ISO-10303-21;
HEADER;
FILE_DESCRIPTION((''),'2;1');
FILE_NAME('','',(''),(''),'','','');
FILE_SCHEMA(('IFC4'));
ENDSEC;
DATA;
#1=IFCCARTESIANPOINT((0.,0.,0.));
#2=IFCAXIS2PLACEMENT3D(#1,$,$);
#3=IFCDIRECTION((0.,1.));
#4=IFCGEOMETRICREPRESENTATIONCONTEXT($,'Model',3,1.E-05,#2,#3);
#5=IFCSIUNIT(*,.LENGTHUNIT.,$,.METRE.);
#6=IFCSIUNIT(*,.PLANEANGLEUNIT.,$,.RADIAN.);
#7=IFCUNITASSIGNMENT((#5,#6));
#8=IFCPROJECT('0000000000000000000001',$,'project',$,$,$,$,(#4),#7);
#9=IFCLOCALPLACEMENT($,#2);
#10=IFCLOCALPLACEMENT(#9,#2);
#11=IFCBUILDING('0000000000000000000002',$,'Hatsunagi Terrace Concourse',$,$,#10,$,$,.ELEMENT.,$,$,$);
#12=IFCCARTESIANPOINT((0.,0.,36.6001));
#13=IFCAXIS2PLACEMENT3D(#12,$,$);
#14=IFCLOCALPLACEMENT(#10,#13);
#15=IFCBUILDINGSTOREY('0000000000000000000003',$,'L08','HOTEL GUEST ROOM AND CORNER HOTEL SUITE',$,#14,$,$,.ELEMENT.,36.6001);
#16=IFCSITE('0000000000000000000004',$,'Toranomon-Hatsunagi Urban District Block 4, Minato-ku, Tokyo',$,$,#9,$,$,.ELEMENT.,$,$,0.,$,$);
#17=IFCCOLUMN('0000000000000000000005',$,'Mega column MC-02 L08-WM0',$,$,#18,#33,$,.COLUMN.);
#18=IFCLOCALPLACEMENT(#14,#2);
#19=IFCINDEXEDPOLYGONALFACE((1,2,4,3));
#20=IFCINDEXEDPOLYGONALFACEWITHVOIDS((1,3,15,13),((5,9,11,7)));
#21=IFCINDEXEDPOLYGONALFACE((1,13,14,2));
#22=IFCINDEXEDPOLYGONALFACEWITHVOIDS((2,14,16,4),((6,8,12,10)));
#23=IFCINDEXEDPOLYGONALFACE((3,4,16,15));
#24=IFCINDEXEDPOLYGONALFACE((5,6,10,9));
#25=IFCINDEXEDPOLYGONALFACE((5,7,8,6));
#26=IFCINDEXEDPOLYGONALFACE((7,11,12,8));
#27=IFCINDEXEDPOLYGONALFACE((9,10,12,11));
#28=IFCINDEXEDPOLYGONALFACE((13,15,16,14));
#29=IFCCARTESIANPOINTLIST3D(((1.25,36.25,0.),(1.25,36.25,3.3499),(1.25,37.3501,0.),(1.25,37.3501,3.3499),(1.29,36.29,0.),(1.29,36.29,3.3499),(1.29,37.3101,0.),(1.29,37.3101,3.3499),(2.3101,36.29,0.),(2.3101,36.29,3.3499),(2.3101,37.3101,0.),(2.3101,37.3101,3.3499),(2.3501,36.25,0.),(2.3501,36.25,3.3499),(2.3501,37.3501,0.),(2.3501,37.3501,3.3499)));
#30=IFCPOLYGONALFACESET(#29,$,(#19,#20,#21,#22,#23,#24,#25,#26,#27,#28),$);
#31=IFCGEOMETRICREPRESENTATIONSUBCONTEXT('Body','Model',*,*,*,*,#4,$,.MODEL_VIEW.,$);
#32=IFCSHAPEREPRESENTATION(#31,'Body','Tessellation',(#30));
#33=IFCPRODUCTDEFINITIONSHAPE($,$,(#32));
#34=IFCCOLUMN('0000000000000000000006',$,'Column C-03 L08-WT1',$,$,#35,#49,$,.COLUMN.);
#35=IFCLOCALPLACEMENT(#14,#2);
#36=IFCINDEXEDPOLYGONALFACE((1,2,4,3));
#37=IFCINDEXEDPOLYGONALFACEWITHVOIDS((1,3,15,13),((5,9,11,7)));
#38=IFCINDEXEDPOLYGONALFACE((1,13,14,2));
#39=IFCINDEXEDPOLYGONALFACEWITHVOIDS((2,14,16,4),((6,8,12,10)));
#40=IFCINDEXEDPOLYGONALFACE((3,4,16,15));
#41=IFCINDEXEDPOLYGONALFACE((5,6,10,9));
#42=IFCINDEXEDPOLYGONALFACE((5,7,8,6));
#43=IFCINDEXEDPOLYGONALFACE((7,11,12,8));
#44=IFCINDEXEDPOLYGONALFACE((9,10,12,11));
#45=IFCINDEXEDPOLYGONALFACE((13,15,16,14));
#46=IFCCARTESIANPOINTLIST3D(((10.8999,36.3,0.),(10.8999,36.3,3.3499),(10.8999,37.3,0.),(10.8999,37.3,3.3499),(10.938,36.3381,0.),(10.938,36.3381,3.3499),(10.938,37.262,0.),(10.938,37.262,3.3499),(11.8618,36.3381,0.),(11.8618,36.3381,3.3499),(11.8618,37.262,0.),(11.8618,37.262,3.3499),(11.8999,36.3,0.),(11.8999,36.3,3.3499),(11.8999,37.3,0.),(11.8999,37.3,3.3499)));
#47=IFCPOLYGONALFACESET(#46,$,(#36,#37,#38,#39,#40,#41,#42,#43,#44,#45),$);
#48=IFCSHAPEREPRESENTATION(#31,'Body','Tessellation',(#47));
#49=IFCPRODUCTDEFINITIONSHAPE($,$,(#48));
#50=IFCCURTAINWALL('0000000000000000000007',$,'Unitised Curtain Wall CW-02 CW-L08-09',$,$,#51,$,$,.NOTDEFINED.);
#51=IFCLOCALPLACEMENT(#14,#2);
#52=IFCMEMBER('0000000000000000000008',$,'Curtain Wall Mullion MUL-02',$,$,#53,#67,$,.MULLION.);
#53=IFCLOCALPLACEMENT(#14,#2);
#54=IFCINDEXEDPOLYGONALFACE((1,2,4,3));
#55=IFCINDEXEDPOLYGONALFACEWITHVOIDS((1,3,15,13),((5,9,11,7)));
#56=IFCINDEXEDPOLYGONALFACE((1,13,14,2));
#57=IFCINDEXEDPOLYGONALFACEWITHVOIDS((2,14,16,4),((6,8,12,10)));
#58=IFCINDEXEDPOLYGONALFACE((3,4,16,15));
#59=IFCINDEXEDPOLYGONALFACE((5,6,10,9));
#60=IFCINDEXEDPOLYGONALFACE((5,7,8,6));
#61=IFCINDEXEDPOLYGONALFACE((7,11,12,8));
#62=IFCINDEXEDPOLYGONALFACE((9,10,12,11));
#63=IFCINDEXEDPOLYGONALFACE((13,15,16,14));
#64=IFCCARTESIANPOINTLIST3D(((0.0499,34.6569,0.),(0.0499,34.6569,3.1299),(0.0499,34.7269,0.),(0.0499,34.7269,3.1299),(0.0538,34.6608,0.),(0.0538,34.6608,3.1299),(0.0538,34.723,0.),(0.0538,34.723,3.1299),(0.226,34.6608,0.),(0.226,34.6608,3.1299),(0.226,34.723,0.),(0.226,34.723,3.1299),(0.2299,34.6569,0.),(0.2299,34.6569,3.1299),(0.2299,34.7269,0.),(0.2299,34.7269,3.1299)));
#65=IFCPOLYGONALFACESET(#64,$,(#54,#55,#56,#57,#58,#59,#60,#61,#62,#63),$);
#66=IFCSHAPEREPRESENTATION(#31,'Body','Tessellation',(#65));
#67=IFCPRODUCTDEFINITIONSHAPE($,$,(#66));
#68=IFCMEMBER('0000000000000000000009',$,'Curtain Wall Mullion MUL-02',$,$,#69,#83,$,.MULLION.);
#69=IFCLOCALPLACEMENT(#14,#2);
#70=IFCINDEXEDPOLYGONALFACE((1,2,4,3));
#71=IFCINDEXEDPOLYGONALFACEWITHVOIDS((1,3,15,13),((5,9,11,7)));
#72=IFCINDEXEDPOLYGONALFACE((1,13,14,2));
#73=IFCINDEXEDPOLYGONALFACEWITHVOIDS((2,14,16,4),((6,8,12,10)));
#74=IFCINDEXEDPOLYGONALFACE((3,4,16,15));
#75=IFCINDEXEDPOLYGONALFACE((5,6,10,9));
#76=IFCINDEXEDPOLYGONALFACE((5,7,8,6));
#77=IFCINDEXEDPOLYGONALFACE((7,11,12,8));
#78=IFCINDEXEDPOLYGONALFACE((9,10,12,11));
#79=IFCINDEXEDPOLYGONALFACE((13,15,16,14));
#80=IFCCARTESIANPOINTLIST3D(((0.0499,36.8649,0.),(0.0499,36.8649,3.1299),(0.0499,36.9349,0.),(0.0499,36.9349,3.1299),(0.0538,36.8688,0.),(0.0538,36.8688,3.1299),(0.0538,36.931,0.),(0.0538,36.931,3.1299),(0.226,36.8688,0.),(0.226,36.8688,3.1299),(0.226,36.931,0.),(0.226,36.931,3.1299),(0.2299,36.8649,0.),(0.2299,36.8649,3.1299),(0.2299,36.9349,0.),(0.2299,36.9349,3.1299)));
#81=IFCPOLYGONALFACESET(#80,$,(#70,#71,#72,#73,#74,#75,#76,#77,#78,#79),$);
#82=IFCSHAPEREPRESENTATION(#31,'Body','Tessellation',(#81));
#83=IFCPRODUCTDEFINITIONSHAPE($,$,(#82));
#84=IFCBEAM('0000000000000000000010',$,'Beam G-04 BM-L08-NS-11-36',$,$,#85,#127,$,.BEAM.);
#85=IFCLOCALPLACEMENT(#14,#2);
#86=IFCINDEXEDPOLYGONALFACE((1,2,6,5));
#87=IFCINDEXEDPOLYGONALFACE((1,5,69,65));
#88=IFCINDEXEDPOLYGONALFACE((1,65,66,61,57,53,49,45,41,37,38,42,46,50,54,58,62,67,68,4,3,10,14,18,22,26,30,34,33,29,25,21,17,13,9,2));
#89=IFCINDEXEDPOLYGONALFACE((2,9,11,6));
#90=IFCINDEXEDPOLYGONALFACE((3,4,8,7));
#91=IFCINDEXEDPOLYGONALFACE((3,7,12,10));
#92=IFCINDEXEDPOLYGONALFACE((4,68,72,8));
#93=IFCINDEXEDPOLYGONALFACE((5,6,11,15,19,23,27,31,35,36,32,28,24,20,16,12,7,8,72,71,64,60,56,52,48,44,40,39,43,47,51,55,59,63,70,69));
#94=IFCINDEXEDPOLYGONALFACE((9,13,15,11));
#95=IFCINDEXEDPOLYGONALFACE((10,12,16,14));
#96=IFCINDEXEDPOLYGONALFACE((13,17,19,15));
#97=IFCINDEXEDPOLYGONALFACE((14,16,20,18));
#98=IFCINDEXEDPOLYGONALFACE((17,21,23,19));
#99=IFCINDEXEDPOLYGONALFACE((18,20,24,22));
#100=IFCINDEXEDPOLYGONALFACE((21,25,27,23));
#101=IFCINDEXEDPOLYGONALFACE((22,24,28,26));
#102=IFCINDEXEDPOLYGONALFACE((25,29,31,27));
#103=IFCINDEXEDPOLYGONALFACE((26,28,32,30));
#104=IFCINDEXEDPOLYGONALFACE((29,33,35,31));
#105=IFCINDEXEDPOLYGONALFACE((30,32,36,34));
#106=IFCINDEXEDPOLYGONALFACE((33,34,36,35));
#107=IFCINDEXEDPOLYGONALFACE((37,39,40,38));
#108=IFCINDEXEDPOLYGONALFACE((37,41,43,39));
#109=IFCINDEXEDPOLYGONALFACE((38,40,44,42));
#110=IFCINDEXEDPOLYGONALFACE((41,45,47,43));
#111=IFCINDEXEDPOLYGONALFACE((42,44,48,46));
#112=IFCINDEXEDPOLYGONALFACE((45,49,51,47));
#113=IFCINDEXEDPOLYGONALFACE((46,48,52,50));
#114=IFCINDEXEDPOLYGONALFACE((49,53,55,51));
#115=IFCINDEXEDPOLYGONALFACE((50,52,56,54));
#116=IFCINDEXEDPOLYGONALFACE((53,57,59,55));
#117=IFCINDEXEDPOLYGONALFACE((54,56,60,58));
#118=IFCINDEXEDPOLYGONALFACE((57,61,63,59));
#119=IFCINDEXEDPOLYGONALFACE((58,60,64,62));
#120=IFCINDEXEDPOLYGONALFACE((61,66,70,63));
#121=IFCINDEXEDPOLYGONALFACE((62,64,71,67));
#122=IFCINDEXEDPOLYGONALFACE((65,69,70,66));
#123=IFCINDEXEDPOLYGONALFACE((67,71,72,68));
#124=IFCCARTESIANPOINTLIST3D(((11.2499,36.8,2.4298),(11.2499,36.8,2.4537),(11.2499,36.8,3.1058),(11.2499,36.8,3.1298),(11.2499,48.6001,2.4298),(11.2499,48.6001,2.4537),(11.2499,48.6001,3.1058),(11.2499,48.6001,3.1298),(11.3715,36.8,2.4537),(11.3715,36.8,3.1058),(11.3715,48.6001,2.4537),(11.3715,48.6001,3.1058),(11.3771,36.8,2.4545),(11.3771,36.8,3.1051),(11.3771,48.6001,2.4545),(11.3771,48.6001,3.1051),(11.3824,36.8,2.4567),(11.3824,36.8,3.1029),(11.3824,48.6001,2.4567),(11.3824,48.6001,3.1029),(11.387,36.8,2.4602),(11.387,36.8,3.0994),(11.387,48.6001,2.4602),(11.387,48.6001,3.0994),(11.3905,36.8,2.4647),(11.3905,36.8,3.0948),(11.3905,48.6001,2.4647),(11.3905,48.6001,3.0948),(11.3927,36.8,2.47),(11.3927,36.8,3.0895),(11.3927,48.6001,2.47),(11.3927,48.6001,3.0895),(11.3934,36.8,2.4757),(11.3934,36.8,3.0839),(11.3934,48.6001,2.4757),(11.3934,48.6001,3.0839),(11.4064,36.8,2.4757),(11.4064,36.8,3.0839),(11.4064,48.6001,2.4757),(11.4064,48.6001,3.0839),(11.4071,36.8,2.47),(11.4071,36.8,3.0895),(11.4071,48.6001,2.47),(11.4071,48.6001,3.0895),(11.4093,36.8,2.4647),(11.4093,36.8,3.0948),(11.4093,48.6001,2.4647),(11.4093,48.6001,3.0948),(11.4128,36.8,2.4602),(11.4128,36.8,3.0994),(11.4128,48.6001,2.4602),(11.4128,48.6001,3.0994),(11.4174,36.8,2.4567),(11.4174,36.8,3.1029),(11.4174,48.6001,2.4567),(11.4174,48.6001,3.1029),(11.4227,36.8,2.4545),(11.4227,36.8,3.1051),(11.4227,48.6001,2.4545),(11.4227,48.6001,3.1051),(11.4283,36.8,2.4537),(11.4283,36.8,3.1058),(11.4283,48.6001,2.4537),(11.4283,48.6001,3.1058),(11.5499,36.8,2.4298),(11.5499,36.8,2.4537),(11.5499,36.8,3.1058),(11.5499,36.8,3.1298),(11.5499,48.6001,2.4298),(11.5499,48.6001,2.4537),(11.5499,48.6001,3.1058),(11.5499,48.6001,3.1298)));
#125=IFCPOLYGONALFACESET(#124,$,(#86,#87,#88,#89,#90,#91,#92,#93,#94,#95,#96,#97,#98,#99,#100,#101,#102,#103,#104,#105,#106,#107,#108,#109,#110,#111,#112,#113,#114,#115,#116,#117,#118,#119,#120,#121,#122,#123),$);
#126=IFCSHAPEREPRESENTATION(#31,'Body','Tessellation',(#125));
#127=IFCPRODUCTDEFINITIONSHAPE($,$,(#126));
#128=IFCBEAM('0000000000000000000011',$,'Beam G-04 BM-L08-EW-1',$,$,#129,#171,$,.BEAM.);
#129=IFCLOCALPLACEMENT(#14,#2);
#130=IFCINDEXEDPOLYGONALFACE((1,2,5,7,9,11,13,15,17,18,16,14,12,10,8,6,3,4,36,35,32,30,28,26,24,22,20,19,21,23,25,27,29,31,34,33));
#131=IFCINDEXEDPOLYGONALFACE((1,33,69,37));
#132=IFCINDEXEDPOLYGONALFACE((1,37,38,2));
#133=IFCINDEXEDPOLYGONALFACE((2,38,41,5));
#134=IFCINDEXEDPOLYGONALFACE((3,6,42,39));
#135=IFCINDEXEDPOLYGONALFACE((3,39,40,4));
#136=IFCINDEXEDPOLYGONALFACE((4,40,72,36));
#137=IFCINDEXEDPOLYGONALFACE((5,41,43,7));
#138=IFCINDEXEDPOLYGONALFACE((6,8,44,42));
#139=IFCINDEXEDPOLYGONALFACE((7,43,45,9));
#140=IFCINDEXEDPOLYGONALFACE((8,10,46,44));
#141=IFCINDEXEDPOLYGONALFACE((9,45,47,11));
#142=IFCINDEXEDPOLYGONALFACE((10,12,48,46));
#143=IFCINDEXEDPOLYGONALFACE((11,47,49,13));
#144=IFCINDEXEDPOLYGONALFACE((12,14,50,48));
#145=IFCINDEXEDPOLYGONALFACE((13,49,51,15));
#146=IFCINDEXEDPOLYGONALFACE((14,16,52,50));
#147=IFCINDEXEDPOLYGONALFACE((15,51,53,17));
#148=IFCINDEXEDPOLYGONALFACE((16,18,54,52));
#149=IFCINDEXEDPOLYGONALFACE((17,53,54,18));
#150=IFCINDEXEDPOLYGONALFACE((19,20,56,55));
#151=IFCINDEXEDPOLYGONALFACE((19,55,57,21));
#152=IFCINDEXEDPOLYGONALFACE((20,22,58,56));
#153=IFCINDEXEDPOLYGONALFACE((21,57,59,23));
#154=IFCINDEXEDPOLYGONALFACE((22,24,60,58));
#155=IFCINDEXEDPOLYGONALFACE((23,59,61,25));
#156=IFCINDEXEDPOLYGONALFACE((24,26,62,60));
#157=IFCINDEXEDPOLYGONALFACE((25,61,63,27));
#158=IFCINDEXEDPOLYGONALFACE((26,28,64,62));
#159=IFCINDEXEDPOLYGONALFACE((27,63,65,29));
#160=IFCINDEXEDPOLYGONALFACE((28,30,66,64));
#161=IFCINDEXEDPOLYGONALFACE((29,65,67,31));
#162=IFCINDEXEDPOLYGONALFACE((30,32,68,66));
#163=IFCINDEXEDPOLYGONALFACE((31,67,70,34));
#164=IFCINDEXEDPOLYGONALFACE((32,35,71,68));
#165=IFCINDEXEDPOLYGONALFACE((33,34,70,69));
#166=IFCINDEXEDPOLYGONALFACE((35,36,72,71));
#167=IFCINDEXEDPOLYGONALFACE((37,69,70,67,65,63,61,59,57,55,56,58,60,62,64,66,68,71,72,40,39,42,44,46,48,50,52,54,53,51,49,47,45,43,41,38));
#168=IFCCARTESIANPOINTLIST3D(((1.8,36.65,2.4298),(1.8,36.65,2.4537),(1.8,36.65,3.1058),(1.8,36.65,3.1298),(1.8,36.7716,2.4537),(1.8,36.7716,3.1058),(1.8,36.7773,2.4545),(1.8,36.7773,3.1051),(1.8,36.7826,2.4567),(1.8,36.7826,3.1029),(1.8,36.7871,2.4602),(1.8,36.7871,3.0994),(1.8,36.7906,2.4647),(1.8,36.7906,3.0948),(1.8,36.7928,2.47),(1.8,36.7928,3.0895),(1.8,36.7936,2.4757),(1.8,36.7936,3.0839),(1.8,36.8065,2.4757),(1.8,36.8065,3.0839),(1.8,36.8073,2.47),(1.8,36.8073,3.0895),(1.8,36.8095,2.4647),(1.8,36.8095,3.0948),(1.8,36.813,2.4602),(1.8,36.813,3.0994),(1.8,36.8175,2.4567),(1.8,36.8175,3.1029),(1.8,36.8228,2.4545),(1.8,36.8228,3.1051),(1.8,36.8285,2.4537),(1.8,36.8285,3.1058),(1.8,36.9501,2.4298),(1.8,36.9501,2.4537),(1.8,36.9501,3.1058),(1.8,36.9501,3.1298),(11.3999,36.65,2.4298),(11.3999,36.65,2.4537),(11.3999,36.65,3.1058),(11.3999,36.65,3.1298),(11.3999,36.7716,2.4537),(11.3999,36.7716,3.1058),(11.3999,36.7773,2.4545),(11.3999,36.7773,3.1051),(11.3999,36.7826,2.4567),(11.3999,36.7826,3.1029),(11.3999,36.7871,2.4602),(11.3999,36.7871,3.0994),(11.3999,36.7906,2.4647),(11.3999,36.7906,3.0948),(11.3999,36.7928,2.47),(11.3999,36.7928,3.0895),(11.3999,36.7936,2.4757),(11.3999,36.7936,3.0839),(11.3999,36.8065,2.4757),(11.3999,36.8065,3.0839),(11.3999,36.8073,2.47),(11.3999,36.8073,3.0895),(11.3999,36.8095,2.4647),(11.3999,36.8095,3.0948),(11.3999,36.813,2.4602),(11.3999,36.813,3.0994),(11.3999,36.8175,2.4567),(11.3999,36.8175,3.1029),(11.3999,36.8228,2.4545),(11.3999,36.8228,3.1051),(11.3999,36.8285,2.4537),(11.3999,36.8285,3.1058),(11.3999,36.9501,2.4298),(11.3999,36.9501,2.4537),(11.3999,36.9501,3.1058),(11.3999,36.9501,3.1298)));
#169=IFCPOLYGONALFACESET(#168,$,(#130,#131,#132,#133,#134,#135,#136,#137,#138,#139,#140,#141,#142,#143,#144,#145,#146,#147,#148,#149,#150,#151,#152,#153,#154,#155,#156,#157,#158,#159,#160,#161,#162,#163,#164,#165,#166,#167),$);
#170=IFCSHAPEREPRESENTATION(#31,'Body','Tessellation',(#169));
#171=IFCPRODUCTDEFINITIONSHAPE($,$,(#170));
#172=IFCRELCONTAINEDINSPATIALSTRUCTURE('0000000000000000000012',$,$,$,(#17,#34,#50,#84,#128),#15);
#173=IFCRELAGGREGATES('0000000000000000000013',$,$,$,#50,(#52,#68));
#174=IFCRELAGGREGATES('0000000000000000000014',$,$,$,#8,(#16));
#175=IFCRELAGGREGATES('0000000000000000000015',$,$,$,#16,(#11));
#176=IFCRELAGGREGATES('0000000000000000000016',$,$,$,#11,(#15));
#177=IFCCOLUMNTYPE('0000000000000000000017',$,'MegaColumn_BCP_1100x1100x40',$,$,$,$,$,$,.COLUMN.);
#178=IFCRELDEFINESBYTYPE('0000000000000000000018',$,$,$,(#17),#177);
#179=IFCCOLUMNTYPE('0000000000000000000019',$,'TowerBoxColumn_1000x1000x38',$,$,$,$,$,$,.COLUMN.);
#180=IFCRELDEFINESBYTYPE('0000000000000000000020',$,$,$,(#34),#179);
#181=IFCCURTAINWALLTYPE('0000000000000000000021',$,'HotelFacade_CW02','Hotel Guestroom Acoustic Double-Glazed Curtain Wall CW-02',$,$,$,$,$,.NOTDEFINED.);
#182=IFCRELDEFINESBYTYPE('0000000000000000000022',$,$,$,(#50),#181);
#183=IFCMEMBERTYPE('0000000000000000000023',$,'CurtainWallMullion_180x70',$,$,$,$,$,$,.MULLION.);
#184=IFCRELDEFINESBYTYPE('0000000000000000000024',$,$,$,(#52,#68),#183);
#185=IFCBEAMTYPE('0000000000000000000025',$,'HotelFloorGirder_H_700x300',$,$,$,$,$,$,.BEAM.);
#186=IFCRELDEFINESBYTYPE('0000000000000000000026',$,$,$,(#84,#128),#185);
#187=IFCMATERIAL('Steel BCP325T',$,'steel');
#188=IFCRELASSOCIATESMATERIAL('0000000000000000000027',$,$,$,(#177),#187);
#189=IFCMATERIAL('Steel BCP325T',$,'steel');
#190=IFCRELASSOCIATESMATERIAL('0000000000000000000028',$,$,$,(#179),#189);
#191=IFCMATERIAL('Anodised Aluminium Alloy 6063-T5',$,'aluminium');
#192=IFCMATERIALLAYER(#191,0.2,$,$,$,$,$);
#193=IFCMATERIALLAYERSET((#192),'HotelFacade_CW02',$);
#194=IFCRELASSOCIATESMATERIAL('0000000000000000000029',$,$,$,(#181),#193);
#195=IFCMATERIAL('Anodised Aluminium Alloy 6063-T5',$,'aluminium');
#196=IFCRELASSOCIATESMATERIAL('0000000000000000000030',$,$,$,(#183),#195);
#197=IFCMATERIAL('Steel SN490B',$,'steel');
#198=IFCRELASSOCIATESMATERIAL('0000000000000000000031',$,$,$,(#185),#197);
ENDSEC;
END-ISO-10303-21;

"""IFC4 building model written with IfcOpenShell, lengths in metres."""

from ifc_helpers import new_model, si_unit, direction, frame, origin, origin_2d, place, context, subcontext, project, spatial, hollow_rectangle, i_section, extrude, material, layer, layer_set, material_profile, profile_set, type_object, element, aggregate, save


model = new_model("IFC4")

# Units and contexts
model_context = context("Model", 3, precision=1e-05, world=origin(), true_north=direction((0.0, 1.0)))
body_context = subcontext(model_context, "Body", "Model", "MODEL_VIEW")
ifc_project = project(units=[si_unit("LENGTHUNIT", "METRE"), si_unit("PLANEANGLEUNIT", "RADIAN")], contexts=[model_context])

# Site, building, storey
site_placement = place(None, origin())
site = spatial("IfcSite", under=ifc_project, at=site_placement, Name="Toranomon-Hatsunagi Urban District Block 4, Minato-ku, Tokyo", CompositionType="ELEMENT", RefElevation=0.0)
building_placement = place(site_placement, origin())
building = spatial("IfcBuilding", under=site, at=building_placement, Name="Hatsunagi Terrace Concourse", CompositionType="ELEMENT")
storey_placement = place(building_placement, frame((0.0, 0.0, 36.6001)))
storey = spatial("IfcBuildingStorey", under=building, at=storey_placement, Name="L08", Description="HOTEL GUEST ROOM AND CORNER HOTEL SUITE", CompositionType="ELEMENT", Elevation=36.6001)

# Columns
ifc_material_1 = material(Name="Steel BCP325T", Category="steel")
ifc_material_profile_1 = material_profile(ifc_material_1, hollow_rectangle(XDim=1.1001, YDim=1.1001, WallThickness=0.04, at=origin_2d()), Name="BCP-1100x1100x40")
ifc_profile_set_1 = profile_set([ifc_material_profile_1], Name="Steel BCP325T")
column_type_1 = type_object("IfcColumnType", Name="MegaColumn_BCP_1100x1100x40", PredefinedType="COLUMN", material=ifc_profile_set_1)
column_1_placement = place(storey_placement, frame((1.8, 36.8, 0.0), z_axis=(0.0, 0.0, 1.0), x_axis=(1.0, 0.0, 0.0)))
element("IfcColumn", 1, at=column_1_placement, inside=storey, type_object=column_type_1, Name="Mega column MC-02 L08-WM0", PredefinedType="COLUMN", context=body_context, shape_type="SweptSolid", body=[
    extrude(hollow_rectangle(XDim=1.1001, YDim=1.1001, WallThickness=0.04, at=origin_2d()), origin(), (0.0, 0.0, 1.0), 3.3499),
])
ifc_material_2 = material(Name="Steel BCP325T", Category="steel")
ifc_material_profile_2 = material_profile(ifc_material_2, hollow_rectangle(XDim=1.0, YDim=1.0, WallThickness=0.0381, at=origin_2d()), Name="BCP-1000x1000x38")
ifc_profile_set_2 = profile_set([ifc_material_profile_2], Name="Steel BCP325T")
column_type_2 = type_object("IfcColumnType", Name="TowerBoxColumn_1000x1000x38", PredefinedType="COLUMN", material=ifc_profile_set_2)
column_2_placement = place(storey_placement, frame((11.3999, 36.8, 0.0), z_axis=(0.0, 0.0, 1.0), x_axis=(1.0, 0.0, 0.0)))
element("IfcColumn", 2, at=column_2_placement, inside=storey, type_object=column_type_2, Name="Column C-03 L08-WT1", PredefinedType="COLUMN", context=body_context, shape_type="SweptSolid", body=[
    extrude(hollow_rectangle(XDim=1.0, YDim=1.0, WallThickness=0.0381, at=origin_2d()), origin(), (0.0, 0.0, 1.0), 3.3499),
])

# Curtain wall, members
ifc_material_3 = material(Name="Anodised Aluminium Alloy 6063-T5", Category="aluminium")
ifc_layer_1 = layer(ifc_material_3, 0.2)
ifc_layer_set_1 = layer_set([ifc_layer_1], Name="HotelFacade_CW02")
curtain_wall_type = type_object("IfcCurtainWallType", Name="HotelFacade_CW02", Description="Hotel Guestroom Acoustic Double-Glazed Curtain Wall CW-02", PredefinedType="NOTDEFINED", material=ifc_layer_set_1)
curtain_wall_placement = place(storey_placement, origin())
curtain_wall = element("IfcCurtainWall", 3, at=curtain_wall_placement, inside=storey, type_object=curtain_wall_type, Name="Unitised Curtain Wall CW-02 CW-L08-09", PredefinedType="NOTDEFINED")
ifc_material_4 = material(Name="Anodised Aluminium Alloy 6063-T5", Category="aluminium")
ifc_material_profile_3 = material_profile(ifc_material_4, hollow_rectangle(XDim=0.0701, YDim=0.1799, WallThickness=0.0039, at=origin_2d()), Name="ALU-MUL-180x70x4")
ifc_profile_set_3 = profile_set([ifc_material_profile_3], Name="Anodised Aluminium Alloy 6063-T5")
member_type = type_object("IfcMemberType", Name="CurtainWallMullion_180x70", PredefinedType="MULLION", material=ifc_profile_set_3)
member_1_placement = place(storey_placement, frame((0.1399, 34.6919, 0.0), z_axis=(0.0, 0.0, 1.0), x_axis=(0.0, 1.0, 0.0)))
member_1 = element("IfcMember", 4, at=member_1_placement, type_object=member_type, Name="Curtain Wall Mullion MUL-02", PredefinedType="MULLION", context=body_context, shape_type="SweptSolid", body=[
    extrude(hollow_rectangle(XDim=0.0701, YDim=0.1799, WallThickness=0.0039, at=origin_2d()), origin(), (0.0, 0.0, 1.0), 3.1299),
])
member_2_placement = place(storey_placement, frame((0.1399, 36.8999, 0.0), z_axis=(0.0, 0.0, 1.0), x_axis=(0.0, 1.0, 0.0)))
member_2 = element("IfcMember", 5, at=member_2_placement, type_object=member_type, Name="Curtain Wall Mullion MUL-02", PredefinedType="MULLION", context=body_context, shape_type="SweptSolid", body=[
    extrude(hollow_rectangle(XDim=0.0701, YDim=0.1799, WallThickness=0.0039, at=origin_2d()), origin(), (0.0, 0.0, 1.0), 3.1299),
])

# Beams
ifc_material_5 = material(Name="Steel SN490B", Category="steel")
ifc_material_profile_4 = material_profile(ifc_material_5, i_section(OverallWidth=0.3, OverallDepth=0.7, WebThickness=0.0129, FlangeThickness=0.0239, FilletRadius=0.022, at=origin_2d()), Name="H-700x300x13x24")
ifc_profile_set_4 = profile_set([ifc_material_profile_4], Name="Steel SN490B")
beam_type_1 = type_object("IfcBeamType", Name="HotelFloorGirder_H_700x300", PredefinedType="BEAM", material=ifc_profile_set_4)
beam_1_placement = place(storey_placement, frame((11.3999, 36.8, 2.7798), z_axis=(0.0, 1.0, 0.0), x_axis=(-1.0, 0.0, 0.0)))
element("IfcBeam", 6, at=beam_1_placement, inside=storey, type_object=beam_type_1, Name="Beam G-04 BM-L08-NS-11-36", PredefinedType="BEAM", context=body_context, shape_type="SweptSolid", body=[
    extrude(i_section(OverallWidth=0.3, OverallDepth=0.7, WebThickness=0.0129, FlangeThickness=0.0239, FilletRadius=0.022, at=origin_2d()), origin(), (0.0, 0.0, 1.0), 11.8),
])
beam_2_placement = place(storey_placement, frame((1.8, 36.8, 2.7798), z_axis=(1.0, 0.0, 0.0), x_axis=(0.0, 1.0, 0.0)))
element("IfcBeam", 7, at=beam_2_placement, inside=storey, type_object=beam_type_1, Name="Beam G-04 BM-L08-EW-1", PredefinedType="BEAM", context=body_context, shape_type="SweptSolid", body=[
    extrude(i_section(OverallWidth=0.3, OverallDepth=0.7, WebThickness=0.0129, FlangeThickness=0.0239, FilletRadius=0.022, at=origin_2d()), origin(), (0.0, 0.0, 1.0), 9.5999),
])

aggregate(curtain_wall, [member_1, member_2])

save(model, "model.ifc")
